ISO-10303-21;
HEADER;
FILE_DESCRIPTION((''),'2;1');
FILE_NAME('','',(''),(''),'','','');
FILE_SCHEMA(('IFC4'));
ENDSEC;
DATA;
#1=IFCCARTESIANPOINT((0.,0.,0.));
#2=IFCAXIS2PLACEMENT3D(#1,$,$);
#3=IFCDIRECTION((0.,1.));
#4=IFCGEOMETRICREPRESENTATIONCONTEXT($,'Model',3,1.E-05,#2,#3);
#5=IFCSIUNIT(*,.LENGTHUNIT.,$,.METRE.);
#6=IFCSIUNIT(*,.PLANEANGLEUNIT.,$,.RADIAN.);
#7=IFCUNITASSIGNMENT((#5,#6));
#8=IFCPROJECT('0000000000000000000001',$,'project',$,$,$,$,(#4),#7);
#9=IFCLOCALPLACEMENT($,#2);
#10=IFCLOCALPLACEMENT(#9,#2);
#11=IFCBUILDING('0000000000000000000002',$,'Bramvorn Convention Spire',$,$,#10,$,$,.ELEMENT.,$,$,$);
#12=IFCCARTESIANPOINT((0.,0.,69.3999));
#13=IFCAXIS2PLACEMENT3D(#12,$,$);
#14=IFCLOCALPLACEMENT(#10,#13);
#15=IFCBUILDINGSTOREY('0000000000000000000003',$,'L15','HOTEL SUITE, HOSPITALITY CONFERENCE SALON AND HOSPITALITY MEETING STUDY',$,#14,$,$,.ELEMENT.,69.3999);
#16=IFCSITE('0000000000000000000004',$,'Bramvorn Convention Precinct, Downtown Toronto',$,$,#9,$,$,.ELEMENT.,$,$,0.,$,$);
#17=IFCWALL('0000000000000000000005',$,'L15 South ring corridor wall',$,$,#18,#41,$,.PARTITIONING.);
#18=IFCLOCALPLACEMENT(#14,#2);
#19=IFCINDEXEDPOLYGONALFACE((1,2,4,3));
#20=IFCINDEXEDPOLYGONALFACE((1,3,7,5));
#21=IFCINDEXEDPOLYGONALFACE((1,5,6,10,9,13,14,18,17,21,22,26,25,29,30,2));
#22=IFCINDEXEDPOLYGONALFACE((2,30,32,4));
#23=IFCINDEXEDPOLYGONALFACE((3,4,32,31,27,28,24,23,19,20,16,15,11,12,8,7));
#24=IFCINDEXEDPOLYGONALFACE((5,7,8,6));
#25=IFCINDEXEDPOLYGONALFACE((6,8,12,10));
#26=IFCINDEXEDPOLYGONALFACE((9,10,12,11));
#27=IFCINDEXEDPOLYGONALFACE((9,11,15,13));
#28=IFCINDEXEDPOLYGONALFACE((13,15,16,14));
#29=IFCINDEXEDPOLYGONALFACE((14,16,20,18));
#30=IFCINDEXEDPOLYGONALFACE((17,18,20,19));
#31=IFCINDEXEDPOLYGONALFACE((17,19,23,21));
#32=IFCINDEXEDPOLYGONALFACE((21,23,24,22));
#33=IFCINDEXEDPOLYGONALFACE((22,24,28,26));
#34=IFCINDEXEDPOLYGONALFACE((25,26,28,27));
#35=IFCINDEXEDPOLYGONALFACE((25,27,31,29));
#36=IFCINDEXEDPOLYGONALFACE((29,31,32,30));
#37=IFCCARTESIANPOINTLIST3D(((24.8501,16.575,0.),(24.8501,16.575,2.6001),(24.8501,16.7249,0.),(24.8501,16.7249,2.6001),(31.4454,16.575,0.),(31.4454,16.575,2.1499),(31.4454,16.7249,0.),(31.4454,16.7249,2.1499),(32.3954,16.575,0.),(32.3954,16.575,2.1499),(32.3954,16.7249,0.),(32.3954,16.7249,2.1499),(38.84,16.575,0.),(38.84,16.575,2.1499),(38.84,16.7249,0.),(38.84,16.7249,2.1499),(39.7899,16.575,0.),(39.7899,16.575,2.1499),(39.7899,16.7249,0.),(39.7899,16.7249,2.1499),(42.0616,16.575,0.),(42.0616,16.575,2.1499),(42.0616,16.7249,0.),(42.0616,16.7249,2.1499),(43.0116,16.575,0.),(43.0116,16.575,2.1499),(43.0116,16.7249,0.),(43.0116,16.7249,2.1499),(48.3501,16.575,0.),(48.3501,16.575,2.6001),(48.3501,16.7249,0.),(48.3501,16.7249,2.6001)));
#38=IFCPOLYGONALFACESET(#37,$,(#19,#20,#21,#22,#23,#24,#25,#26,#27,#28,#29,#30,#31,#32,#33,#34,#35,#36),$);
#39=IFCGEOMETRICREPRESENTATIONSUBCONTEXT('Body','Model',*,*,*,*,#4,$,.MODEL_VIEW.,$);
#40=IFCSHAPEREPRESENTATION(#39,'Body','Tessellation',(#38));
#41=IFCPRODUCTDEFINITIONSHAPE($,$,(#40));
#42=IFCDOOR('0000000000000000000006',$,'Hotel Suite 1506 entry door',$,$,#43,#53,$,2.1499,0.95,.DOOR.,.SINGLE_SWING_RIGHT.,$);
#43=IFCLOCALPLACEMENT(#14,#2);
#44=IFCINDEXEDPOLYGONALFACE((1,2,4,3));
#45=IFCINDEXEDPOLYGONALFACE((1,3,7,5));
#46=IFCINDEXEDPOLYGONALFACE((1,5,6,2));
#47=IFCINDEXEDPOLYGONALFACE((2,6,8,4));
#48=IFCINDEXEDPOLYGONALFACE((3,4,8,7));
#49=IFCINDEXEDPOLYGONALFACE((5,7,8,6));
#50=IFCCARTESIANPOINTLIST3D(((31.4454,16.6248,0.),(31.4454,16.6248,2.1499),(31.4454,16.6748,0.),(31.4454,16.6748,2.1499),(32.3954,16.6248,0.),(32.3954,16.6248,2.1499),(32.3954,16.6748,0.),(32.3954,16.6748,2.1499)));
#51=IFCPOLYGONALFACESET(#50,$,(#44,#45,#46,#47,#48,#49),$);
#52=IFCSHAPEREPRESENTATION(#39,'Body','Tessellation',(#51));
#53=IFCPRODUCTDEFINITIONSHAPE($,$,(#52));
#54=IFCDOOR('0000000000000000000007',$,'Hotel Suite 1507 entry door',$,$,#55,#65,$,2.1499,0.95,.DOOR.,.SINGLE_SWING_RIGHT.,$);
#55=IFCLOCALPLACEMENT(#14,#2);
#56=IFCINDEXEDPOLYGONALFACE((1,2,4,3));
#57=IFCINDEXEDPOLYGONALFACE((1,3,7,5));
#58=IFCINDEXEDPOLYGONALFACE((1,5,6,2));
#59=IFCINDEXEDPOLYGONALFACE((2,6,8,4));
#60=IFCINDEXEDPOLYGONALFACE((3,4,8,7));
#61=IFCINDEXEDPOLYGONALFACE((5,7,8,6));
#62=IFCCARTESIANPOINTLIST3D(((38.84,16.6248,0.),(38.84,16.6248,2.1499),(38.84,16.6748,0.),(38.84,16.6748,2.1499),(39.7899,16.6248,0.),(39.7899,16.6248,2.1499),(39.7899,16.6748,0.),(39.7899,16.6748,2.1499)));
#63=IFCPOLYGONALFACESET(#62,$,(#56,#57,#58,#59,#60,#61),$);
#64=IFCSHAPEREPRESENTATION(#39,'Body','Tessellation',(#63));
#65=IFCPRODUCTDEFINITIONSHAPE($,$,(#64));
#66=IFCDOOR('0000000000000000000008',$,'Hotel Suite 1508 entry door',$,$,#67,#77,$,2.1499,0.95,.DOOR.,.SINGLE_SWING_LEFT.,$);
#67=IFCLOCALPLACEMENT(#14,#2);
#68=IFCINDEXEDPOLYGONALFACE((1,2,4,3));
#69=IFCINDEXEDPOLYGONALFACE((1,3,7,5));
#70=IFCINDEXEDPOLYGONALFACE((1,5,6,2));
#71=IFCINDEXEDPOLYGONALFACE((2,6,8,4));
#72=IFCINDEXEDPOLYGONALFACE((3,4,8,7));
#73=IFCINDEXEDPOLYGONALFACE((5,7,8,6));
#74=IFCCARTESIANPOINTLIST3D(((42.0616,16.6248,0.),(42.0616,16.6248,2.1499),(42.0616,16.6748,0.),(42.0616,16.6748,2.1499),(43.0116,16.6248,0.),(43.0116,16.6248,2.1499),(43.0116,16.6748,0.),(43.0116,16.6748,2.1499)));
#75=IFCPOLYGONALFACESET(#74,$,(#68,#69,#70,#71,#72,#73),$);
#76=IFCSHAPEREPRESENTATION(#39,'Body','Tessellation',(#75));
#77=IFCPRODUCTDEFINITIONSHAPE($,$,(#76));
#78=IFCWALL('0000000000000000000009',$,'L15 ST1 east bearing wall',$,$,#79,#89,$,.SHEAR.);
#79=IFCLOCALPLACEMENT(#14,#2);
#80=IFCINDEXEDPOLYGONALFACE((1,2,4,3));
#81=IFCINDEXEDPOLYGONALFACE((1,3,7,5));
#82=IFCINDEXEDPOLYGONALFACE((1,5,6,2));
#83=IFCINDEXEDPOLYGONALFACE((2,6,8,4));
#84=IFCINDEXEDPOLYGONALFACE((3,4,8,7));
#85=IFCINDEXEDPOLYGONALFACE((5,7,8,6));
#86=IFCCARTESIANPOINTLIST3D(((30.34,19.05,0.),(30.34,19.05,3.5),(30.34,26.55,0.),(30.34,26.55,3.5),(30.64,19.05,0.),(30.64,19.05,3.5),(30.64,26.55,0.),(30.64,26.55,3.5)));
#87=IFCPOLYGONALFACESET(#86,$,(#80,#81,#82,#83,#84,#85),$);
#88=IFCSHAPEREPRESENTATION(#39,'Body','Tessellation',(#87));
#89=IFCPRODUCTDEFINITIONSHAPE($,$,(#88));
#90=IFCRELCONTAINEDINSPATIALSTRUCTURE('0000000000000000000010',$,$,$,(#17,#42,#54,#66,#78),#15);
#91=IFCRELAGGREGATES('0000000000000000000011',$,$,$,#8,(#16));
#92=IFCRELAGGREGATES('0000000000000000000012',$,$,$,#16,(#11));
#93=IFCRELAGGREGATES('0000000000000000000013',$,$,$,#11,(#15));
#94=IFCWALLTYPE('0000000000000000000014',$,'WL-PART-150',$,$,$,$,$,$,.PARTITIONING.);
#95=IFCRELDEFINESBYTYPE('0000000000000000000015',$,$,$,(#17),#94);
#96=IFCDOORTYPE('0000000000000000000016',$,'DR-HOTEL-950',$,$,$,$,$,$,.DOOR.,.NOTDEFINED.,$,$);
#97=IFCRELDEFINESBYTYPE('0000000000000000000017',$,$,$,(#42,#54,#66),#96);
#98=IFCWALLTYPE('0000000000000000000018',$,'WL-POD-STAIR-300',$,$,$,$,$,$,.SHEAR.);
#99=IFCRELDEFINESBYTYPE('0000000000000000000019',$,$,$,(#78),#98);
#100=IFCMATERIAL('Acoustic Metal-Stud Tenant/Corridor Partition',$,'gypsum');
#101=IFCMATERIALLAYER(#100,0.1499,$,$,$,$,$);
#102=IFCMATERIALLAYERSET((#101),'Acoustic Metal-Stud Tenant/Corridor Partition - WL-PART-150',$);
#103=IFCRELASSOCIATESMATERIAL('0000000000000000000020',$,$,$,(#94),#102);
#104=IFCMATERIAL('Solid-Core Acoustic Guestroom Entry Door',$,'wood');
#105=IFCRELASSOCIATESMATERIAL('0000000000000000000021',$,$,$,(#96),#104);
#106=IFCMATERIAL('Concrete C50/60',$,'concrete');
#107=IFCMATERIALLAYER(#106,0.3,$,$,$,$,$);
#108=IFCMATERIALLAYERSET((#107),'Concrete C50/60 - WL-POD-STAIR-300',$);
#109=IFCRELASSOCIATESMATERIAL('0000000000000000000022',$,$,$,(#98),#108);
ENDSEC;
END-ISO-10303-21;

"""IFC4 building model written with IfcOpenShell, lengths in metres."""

from ifc_helpers import new_model, si_unit, direction, frame, frame_2d, origin, place, context, subcontext, project, spatial, rectangle, extrude, material, layer, layer_set, type_object, element, fill, save


model = new_model("IFC4")

# Units and contexts
model_context = context("Model", 3, precision=1e-05, world=origin(), true_north=direction((0.0, 1.0)))
body_context = subcontext(model_context, "Body", "Model", "MODEL_VIEW")
ifc_project = project(units=[si_unit("LENGTHUNIT", "METRE"), si_unit("PLANEANGLEUNIT", "RADIAN")], contexts=[model_context])

# Site, building, storey
site_placement = place(None, origin())
site = spatial("IfcSite", under=ifc_project, at=site_placement, Name="Bramvorn Convention Precinct, Downtown Toronto", CompositionType="ELEMENT", RefElevation=0.0)
building_placement = place(site_placement, origin())
building = spatial("IfcBuilding", under=site, at=building_placement, Name="Bramvorn Convention Spire", CompositionType="ELEMENT")
storey_placement = place(building_placement, frame((0.0, 0.0, 69.3999)))
storey = spatial("IfcBuildingStorey", under=building, at=storey_placement, Name="L15", Description="HOTEL SUITE, HOSPITALITY CONFERENCE SALON AND HOSPITALITY MEETING STUDY", CompositionType="ELEMENT", Elevation=69.3999)

# Wall, openings, doors
ifc_material_1 = material(Name="Acoustic Metal-Stud Tenant/Corridor Partition", Category="gypsum")
ifc_layer_1 = layer(ifc_material_1, 0.1499)
ifc_layer_set_1 = layer_set([ifc_layer_1], Name="Acoustic Metal-Stud Tenant/Corridor Partition - WL-PART-150")
wall_type_1 = type_object("IfcWallType", Name="WL-PART-150", PredefinedType="PARTITIONING", material=ifc_layer_set_1)
wall_1_placement = place(storey_placement, frame((24.8501, 16.6499, 0.0), z_axis=(0.0, 0.0, 1.0), x_axis=(1.0, 0.0, 0.0)))
wall_1 = element("IfcWall", 1, at=wall_1_placement, inside=storey, type_object=wall_type_1, Name="L15 South ring corridor wall", PredefinedType="PARTITIONING", context=body_context, shape_type="SweptSolid", body=[
    extrude(rectangle(XDim=23.5, YDim=0.1499, at=frame_2d((11.75, 0.0))), origin(), (0.0, 0.0, 1.0), 2.6001),
])
opening_1_placement = place(wall_1_placement, frame((6.5952, 0.0, 0.0)))
opening_1 = element("IfcOpeningElement", 2, at=opening_1_placement, cuts=wall_1, PredefinedType="OPENING", context=body_context, shape_type="SweptSolid", body=[
    extrude(rectangle(XDim=0.95, YDim=2.1499, at=frame_2d((0.4751, 1.075))), frame((0.0, 0.085, 0.0), z_axis=(0.0, -1.0, 0.0), x_axis=(1.0, 0.0, 0.0)), (0.0, 0.0, 1.0), 0.1699),
])
opening_2_placement = place(wall_1_placement, frame((13.9897, 0.0, 0.0)))
opening_2 = element("IfcOpeningElement", 3, at=opening_2_placement, cuts=wall_1, PredefinedType="OPENING", context=body_context, shape_type="SweptSolid", body=[
    extrude(rectangle(XDim=0.95, YDim=2.1499, at=frame_2d((0.4751, 1.075))), frame((0.0, 0.085, 0.0), z_axis=(0.0, -1.0, 0.0), x_axis=(1.0, 0.0, 0.0)), (0.0, 0.0, 1.0), 0.1699),
])
opening_3_placement = place(wall_1_placement, frame((17.2114, 0.0, 0.0)))
opening_3 = element("IfcOpeningElement", 4, at=opening_3_placement, cuts=wall_1, PredefinedType="OPENING", context=body_context, shape_type="SweptSolid", body=[
    extrude(rectangle(XDim=0.95, YDim=2.1499, at=frame_2d((0.4751, 1.075))), frame((0.0, 0.085, 0.0), z_axis=(0.0, -1.0, 0.0), x_axis=(1.0, 0.0, 0.0)), (0.0, 0.0, 1.0), 0.1699),
])
ifc_material_2 = material(Name="Solid-Core Acoustic Guestroom Entry Door", Category="wood")
door_type_1 = type_object("IfcDoorType", Name="DR-HOTEL-950", OperationType="NOTDEFINED", PredefinedType="DOOR", material=ifc_material_2)
door_1_placement = place(opening_1_placement, origin())
door_1 = element("IfcDoor", 5, at=door_1_placement, inside=storey, type_object=door_type_1, Name="Hotel Suite 1506 entry door", OperationType="SINGLE_SWING_RIGHT", OverallHeight=2.1499, OverallWidth=0.95, PredefinedType="DOOR", context=body_context, shape_type="SweptSolid", body=[
    extrude(rectangle(XDim=0.95, YDim=2.1499, at=frame_2d((0.4751, 1.075))), frame((0.0, 0.0249, 0.0), z_axis=(0.0, -1.0, 0.0), x_axis=(1.0, 0.0, 0.0)), (0.0, 0.0, 1.0), 0.05),
])
fill(opening_1, door_1)
door_2_placement = place(opening_2_placement, origin())
door_2 = element("IfcDoor", 6, at=door_2_placement, inside=storey, type_object=door_type_1, Name="Hotel Suite 1507 entry door", OperationType="SINGLE_SWING_RIGHT", OverallHeight=2.1499, OverallWidth=0.95, PredefinedType="DOOR", context=body_context, shape_type="SweptSolid", body=[
    extrude(rectangle(XDim=0.95, YDim=2.1499, at=frame_2d((0.4751, 1.075))), frame((0.0, 0.0249, 0.0), z_axis=(0.0, -1.0, 0.0), x_axis=(1.0, 0.0, 0.0)), (0.0, 0.0, 1.0), 0.05),
])
fill(opening_2, door_2)
door_3_placement = place(opening_3_placement, origin())
door_3 = element("IfcDoor", 7, at=door_3_placement, inside=storey, type_object=door_type_1, Name="Hotel Suite 1508 entry door", OperationType="SINGLE_SWING_LEFT", OverallHeight=2.1499, OverallWidth=0.95, PredefinedType="DOOR", context=body_context, shape_type="SweptSolid", body=[
    extrude(rectangle(XDim=0.95, YDim=2.1499, at=frame_2d((0.4751, 1.075))), frame((0.0, 0.0249, 0.0), z_axis=(0.0, -1.0, 0.0), x_axis=(1.0, 0.0, 0.0)), (0.0, 0.0, 1.0), 0.05),
])
fill(opening_3, door_3)

# Wall
ifc_material_3 = material(Name="Concrete C50/60", Category="concrete")
ifc_layer_2 = layer(ifc_material_3, 0.3)
ifc_layer_set_2 = layer_set([ifc_layer_2], Name="Concrete C50/60 - WL-POD-STAIR-300")
wall_type_2 = type_object("IfcWallType", Name="WL-POD-STAIR-300", PredefinedType="SHEAR", material=ifc_layer_set_2)
wall_2_placement = place(storey_placement, frame((30.49, 19.05, 0.0), z_axis=(0.0, 0.0, 1.0), x_axis=(0.0, 1.0, 0.0)))
element("IfcWall", 8, at=wall_2_placement, inside=storey, type_object=wall_type_2, Name="L15 ST1 east bearing wall", PredefinedType="SHEAR", context=body_context, shape_type="SweptSolid", body=[
    extrude(rectangle(XDim=7.5, YDim=0.3, at=frame_2d((3.75, 0.0))), origin(), (0.0, 0.0, 1.0), 3.5),
])

save(model, "model.ifc")
